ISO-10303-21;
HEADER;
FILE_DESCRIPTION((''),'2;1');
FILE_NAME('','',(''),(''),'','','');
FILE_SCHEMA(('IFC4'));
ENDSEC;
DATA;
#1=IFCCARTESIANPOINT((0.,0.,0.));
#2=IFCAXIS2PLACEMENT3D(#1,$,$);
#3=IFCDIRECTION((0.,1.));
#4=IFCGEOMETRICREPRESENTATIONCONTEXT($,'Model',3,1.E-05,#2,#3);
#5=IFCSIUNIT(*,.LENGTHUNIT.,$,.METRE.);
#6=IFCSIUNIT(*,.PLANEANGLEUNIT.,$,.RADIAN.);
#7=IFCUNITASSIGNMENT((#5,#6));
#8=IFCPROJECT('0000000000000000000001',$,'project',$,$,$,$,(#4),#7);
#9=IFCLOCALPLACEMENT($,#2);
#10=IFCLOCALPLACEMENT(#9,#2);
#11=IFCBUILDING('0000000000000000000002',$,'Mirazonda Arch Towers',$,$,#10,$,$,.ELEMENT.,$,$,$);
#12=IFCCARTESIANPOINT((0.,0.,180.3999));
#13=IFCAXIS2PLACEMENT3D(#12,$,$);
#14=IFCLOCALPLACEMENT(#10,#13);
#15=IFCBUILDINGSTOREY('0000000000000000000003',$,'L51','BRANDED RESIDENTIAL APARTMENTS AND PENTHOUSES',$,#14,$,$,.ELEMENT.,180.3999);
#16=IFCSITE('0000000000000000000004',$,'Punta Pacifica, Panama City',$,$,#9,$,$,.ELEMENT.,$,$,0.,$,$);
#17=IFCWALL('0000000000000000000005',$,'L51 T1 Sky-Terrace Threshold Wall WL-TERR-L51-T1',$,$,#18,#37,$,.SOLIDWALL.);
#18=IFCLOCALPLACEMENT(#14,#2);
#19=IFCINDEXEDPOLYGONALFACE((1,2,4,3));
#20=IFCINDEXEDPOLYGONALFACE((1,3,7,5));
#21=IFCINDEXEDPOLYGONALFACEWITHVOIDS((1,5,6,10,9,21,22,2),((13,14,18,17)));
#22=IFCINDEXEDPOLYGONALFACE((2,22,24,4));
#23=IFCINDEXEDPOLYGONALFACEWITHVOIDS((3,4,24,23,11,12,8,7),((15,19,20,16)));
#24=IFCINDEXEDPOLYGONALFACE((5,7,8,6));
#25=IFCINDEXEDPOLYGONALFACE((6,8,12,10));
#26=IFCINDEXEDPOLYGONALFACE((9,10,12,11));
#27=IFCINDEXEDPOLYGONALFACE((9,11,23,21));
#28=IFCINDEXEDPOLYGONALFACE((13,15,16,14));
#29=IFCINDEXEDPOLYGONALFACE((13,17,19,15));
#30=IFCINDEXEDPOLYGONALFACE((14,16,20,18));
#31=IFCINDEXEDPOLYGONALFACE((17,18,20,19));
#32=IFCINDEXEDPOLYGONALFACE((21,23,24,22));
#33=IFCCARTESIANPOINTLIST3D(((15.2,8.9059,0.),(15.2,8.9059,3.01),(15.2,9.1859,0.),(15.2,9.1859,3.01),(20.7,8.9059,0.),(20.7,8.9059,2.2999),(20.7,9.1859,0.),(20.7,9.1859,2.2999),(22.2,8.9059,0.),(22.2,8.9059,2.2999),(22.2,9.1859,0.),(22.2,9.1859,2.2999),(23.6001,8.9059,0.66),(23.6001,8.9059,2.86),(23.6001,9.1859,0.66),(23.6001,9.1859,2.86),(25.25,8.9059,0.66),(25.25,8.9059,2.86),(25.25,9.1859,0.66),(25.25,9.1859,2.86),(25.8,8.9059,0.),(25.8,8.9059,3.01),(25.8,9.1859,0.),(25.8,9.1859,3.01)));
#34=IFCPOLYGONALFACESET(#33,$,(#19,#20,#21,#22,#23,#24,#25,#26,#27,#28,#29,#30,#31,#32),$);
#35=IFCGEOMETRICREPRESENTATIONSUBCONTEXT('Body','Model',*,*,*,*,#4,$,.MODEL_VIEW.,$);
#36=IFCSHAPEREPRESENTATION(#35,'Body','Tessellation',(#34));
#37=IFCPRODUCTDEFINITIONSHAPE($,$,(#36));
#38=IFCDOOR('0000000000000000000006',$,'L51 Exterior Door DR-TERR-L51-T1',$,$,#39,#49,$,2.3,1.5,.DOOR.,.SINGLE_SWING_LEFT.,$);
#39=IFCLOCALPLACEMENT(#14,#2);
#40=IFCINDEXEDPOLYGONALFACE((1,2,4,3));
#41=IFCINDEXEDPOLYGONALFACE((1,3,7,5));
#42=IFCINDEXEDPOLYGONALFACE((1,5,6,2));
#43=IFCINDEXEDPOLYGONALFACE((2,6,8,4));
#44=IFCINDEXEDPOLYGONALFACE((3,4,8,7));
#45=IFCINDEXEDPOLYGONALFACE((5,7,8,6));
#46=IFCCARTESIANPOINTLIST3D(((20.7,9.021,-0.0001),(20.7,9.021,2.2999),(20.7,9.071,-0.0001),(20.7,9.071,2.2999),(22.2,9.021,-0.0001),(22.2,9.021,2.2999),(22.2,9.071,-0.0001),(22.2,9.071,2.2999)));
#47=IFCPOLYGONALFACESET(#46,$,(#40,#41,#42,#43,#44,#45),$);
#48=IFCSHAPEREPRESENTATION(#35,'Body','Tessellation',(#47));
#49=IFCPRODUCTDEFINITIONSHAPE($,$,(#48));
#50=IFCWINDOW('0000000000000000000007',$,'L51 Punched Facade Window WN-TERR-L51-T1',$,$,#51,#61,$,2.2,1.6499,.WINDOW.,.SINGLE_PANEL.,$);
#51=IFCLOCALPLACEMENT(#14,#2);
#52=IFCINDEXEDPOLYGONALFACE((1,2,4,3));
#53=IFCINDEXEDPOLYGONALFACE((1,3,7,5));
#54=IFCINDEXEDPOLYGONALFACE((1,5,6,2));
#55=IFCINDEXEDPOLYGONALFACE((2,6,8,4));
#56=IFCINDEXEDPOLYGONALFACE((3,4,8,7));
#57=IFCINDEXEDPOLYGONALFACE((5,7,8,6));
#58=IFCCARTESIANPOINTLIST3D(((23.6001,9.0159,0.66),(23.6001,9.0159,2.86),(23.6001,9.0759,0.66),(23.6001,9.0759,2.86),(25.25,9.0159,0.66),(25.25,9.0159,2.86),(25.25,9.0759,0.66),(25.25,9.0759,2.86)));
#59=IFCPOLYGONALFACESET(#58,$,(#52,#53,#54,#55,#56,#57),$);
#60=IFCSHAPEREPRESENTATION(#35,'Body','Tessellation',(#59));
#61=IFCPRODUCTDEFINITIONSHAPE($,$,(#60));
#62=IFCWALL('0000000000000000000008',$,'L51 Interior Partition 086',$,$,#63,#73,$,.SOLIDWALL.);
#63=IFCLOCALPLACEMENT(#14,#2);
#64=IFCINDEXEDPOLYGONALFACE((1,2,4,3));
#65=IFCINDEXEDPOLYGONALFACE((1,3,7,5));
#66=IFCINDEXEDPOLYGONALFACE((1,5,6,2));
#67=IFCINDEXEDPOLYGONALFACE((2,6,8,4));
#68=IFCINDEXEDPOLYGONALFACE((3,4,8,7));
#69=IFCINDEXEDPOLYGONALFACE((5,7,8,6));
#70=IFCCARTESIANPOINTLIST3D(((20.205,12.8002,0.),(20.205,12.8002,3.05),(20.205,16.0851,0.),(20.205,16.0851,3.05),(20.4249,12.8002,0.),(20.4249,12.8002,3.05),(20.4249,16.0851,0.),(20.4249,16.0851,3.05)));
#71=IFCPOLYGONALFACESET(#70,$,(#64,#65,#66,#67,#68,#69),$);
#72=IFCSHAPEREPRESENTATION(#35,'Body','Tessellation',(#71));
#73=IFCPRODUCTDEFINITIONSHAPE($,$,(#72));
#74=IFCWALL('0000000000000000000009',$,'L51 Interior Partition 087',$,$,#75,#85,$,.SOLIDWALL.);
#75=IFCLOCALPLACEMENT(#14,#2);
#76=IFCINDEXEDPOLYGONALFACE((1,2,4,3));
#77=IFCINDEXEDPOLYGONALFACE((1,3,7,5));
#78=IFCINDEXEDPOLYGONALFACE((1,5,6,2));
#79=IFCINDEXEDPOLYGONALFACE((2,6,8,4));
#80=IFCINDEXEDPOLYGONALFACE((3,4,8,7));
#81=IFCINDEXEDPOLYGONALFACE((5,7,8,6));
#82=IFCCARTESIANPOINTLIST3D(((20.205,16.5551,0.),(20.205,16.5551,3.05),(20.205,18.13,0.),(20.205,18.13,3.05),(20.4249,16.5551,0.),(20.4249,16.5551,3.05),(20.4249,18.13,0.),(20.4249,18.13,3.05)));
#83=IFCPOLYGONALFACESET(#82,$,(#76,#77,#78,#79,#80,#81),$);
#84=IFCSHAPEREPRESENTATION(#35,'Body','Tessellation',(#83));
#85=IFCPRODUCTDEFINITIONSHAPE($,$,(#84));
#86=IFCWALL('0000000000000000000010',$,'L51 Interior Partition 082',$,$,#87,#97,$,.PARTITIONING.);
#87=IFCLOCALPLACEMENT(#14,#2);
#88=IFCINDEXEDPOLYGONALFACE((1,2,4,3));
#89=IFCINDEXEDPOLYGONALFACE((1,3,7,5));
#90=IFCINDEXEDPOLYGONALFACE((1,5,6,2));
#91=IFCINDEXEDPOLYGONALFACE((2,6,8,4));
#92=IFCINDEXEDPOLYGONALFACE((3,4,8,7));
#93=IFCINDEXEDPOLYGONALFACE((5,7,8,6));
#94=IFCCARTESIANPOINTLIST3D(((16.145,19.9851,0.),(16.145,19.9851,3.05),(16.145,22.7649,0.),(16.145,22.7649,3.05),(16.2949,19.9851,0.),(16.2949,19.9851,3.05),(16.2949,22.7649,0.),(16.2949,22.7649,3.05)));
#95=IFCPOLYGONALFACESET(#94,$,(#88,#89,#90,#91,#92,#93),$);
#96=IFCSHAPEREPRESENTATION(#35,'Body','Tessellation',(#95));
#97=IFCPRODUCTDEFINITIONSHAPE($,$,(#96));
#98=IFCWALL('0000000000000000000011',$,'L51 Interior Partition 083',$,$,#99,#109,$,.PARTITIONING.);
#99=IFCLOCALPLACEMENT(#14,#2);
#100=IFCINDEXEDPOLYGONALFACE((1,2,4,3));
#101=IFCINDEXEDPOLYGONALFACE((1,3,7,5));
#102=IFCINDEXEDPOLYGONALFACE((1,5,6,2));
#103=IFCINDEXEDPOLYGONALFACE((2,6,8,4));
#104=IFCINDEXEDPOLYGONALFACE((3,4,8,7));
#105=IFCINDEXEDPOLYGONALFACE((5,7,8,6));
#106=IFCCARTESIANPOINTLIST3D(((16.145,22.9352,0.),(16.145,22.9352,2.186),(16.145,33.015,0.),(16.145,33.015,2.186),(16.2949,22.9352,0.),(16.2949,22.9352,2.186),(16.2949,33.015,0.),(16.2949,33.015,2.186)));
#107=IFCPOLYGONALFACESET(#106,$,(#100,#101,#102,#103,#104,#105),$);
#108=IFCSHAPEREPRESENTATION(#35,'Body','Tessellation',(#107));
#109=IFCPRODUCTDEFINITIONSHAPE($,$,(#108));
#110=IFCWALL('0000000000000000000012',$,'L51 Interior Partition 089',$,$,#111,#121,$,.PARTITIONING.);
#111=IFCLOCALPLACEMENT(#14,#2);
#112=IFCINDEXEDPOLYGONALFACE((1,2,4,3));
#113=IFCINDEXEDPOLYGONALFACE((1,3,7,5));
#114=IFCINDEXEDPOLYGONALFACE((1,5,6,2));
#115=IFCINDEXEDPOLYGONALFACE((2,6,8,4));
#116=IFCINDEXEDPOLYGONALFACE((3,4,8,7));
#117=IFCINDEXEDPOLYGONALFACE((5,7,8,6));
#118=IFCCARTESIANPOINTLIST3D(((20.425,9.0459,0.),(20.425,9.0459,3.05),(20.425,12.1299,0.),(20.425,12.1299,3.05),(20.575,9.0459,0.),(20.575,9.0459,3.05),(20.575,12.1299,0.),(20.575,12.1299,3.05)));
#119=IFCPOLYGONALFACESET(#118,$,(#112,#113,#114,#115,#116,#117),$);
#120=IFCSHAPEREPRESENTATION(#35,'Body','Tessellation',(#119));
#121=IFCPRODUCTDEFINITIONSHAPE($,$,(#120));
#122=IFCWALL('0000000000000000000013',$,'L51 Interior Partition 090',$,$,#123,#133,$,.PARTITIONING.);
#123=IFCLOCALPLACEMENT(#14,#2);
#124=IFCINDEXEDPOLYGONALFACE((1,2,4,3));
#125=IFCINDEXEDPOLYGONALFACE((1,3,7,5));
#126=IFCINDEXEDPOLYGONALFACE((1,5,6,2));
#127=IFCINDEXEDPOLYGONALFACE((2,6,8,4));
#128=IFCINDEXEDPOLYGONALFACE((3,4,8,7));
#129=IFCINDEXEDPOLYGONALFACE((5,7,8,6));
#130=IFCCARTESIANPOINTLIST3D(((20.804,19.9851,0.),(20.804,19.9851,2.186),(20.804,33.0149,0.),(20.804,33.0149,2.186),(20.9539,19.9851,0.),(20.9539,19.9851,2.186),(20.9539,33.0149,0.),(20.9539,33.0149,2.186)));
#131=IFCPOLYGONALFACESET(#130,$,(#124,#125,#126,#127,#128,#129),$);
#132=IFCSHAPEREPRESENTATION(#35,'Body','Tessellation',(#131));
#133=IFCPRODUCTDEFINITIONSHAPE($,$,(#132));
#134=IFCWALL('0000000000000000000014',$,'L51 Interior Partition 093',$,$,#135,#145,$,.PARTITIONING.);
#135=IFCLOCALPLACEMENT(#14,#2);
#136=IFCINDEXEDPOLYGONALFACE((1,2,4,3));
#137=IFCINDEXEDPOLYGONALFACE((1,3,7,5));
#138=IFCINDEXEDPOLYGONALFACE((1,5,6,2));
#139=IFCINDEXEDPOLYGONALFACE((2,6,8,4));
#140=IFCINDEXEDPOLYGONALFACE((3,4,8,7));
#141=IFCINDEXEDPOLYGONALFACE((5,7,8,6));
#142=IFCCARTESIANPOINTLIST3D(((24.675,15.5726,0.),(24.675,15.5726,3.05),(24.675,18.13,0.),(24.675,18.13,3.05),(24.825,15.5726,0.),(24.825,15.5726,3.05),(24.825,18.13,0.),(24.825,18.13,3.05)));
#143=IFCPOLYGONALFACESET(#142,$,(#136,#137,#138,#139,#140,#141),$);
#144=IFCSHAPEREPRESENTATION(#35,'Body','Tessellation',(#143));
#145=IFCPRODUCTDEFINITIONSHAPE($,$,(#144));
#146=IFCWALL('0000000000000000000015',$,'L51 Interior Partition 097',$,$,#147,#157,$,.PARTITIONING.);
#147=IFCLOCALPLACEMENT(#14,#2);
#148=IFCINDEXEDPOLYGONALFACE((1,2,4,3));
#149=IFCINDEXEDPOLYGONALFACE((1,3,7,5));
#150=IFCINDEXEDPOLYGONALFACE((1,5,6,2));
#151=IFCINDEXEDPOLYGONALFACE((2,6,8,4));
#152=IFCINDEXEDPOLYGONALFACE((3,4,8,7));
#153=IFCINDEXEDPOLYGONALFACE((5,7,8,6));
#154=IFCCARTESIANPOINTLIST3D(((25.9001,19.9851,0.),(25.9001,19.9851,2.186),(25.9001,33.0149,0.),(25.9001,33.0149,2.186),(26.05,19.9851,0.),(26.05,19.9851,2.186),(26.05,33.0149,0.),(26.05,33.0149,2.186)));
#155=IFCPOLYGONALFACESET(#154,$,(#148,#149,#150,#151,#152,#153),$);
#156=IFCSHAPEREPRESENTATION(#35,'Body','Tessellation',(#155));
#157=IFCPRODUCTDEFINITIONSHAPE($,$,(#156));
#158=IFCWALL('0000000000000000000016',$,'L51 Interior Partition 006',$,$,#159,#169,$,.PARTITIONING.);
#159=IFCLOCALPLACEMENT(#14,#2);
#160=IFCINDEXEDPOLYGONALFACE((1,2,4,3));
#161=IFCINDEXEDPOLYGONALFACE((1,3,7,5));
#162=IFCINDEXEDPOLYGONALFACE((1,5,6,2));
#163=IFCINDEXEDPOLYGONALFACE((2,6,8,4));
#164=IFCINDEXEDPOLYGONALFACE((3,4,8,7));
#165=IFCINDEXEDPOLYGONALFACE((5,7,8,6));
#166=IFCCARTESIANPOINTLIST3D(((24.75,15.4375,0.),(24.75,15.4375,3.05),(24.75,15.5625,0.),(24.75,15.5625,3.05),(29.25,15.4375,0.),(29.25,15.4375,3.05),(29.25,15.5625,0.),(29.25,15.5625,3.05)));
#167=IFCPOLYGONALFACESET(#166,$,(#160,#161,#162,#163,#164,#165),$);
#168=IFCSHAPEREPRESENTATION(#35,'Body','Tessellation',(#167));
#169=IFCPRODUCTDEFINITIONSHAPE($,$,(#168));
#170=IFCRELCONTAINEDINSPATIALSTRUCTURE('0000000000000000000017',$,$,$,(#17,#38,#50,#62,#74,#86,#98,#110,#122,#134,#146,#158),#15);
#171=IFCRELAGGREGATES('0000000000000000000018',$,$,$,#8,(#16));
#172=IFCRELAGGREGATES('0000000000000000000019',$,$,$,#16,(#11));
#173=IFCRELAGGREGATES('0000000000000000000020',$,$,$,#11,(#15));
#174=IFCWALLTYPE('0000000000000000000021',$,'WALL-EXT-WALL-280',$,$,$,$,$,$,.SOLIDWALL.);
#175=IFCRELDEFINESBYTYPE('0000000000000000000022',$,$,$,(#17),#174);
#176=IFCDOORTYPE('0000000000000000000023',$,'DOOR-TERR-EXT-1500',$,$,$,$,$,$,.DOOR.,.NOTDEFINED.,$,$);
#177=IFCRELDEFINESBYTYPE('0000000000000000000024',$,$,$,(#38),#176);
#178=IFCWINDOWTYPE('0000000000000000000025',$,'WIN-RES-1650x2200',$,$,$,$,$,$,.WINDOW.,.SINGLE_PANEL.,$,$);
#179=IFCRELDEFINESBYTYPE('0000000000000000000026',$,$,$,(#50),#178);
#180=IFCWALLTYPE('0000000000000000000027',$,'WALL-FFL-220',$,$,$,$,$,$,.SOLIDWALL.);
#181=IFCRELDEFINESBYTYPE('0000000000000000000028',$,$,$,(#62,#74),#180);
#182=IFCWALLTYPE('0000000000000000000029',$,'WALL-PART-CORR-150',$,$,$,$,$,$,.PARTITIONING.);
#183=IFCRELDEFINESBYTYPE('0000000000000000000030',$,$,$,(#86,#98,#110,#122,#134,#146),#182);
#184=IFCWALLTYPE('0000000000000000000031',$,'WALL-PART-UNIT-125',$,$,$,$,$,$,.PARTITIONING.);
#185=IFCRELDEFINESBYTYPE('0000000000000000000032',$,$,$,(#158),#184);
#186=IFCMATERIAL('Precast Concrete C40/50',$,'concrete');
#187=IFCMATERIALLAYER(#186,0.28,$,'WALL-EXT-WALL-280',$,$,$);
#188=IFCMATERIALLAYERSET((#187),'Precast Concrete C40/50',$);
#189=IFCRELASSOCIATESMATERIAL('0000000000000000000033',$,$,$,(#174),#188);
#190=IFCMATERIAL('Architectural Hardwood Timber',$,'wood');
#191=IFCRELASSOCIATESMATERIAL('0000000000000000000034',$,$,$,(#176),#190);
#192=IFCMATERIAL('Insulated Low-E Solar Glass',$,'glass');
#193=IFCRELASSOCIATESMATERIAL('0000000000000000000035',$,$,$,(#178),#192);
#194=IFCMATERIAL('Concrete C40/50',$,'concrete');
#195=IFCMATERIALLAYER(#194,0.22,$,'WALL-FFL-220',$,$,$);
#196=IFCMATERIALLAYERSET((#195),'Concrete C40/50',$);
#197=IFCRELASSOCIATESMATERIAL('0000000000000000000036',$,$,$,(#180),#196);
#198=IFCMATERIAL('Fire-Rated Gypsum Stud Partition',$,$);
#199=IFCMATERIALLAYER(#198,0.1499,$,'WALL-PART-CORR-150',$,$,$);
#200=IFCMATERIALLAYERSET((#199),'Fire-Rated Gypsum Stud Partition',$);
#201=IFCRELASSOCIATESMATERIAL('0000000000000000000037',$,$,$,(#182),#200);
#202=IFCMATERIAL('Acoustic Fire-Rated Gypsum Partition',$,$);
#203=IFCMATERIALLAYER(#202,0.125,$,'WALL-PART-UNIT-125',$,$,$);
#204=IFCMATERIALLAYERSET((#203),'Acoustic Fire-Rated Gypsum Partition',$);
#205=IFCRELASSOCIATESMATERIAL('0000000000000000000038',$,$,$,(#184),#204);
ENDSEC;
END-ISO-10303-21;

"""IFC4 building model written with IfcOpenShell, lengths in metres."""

from ifc_helpers import new_model, si_unit, direction, frame, frame_2d, origin, place, context, subcontext, project, spatial, rectangle, extrude, material, layer, layer_set, type_object, element, fill, save


model = new_model("IFC4")

# Units and contexts
model_context = context("Model", 3, precision=1e-05, world=origin(), true_north=direction((0.0, 1.0)))
body_context = subcontext(model_context, "Body", "Model", "MODEL_VIEW")
ifc_project = project(units=[si_unit("LENGTHUNIT", "METRE"), si_unit("PLANEANGLEUNIT", "RADIAN")], contexts=[model_context])

# Site, building, storey
site_placement = place(None, origin())
site = spatial("IfcSite", under=ifc_project, at=site_placement, Name="Punta Pacifica, Panama City", CompositionType="ELEMENT", RefElevation=0.0)
building_placement = place(site_placement, origin())
building = spatial("IfcBuilding", under=site, at=building_placement, Name="Mirazonda Arch Towers", CompositionType="ELEMENT")
storey_placement = place(building_placement, frame((0.0, 0.0, 180.3999)))
storey = spatial("IfcBuildingStorey", under=building, at=storey_placement, Name="L51", Description="BRANDED RESIDENTIAL APARTMENTS AND PENTHOUSES", CompositionType="ELEMENT", Elevation=180.3999)

# Wall, openings, door, window
ifc_material_1 = material(Name="Precast Concrete C40/50", Category="concrete")
ifc_layer_1 = layer(ifc_material_1, 0.28, Name="WALL-EXT-WALL-280")
ifc_layer_set_1 = layer_set([ifc_layer_1], Name="Precast Concrete C40/50")
wall_type_1 = type_object("IfcWallType", Name="WALL-EXT-WALL-280", PredefinedType="SOLIDWALL", material=ifc_layer_set_1)
wall_1_placement = place(storey_placement, frame((25.8, 9.0459, 0.0), z_axis=(0.0, 0.0, 1.0), x_axis=(-1.0, 0.0, 0.0)))
wall_1 = element("IfcWall", 1, at=wall_1_placement, inside=storey, type_object=wall_type_1, Name="L51 T1 Sky-Terrace Threshold Wall WL-TERR-L51-T1", PredefinedType="SOLIDWALL", context=body_context, shape_type="SweptSolid", body=[
    extrude(rectangle(XDim=10.6001, YDim=0.28, at=frame_2d((5.3, 0.0))), origin(), (0.0, 0.0, 1.0), 3.01),
])
opening_1_placement = place(wall_1_placement, frame((0.55, 0.0, 0.6599)))
opening_1 = element("IfcOpeningElement", 2, at=opening_1_placement, cuts=wall_1, PredefinedType="OPENING", context=body_context, shape_type="SweptSolid", body=[
    extrude(rectangle(XDim=1.6499, YDim=2.2, at=frame_2d((0.825, 1.1001))), frame((0.0, 0.1499, 0.0), z_axis=(0.0, -1.0, 0.0), x_axis=(1.0, 0.0, 0.0)), (0.0, 0.0, 1.0), 0.3),
])
opening_2_placement = place(wall_1_placement, frame((3.6001, 0.0, 0.0)))
opening_2 = element("IfcOpeningElement", 3, at=opening_2_placement, cuts=wall_1, PredefinedType="OPENING", context=body_context, shape_type="SweptSolid", body=[
    extrude(rectangle(XDim=1.5, YDim=2.3, at=frame_2d((0.75, 1.1499))), frame((0.0, 0.1499, 0.0), z_axis=(0.0, -1.0, 0.0), x_axis=(1.0, 0.0, 0.0)), (0.0, 0.0, 1.0), 0.3),
])
ifc_material_2 = material(Name="Architectural Hardwood Timber", Category="wood")
door_type_1 = type_object("IfcDoorType", Name="DOOR-TERR-EXT-1500", OperationType="NOTDEFINED", PredefinedType="DOOR", material=ifc_material_2)
door_1_placement = place(opening_2_placement, origin())
door_1 = element("IfcDoor", 4, at=door_1_placement, inside=storey, type_object=door_type_1, Name="L51 Exterior Door DR-TERR-L51-T1", OperationType="SINGLE_SWING_LEFT", OverallHeight=2.3, OverallWidth=1.5, PredefinedType="DOOR", context=body_context, shape_type="SweptSolid", body=[
    extrude(rectangle(XDim=1.5, YDim=2.3, at=frame_2d((0.75, 1.1499))), frame((0.0, 0.0249, 0.0), z_axis=(0.0, -1.0, 0.0), x_axis=(1.0, 0.0, 0.0)), (0.0, 0.0, 1.0), 0.05),
])
fill(opening_2, door_1)
ifc_material_3 = material(Name="Insulated Low-E Solar Glass", Category="glass")
window_type = type_object("IfcWindowType", Name="WIN-RES-1650x2200", PartitioningType="SINGLE_PANEL", PredefinedType="WINDOW", material=ifc_material_3)
window_placement = place(opening_1_placement, origin())
window = element("IfcWindow", 5, at=window_placement, inside=storey, type_object=window_type, Name="L51 Punched Facade Window WN-TERR-L51-T1", OverallHeight=2.2, OverallWidth=1.6499, PartitioningType="SINGLE_PANEL", PredefinedType="WINDOW", context=body_context, shape_type="SweptSolid", body=[
    extrude(rectangle(XDim=1.6499, YDim=2.2, at=frame_2d((0.825, 1.1001))), frame((0.0, 0.03, 0.0), z_axis=(0.0, -1.0, 0.0), x_axis=(1.0, 0.0, 0.0)), (0.0, 0.0, 1.0), 0.0601),
])
fill(opening_1, window)

# Walls
ifc_material_4 = material(Name="Concrete C40/50", Category="concrete")
ifc_layer_2 = layer(ifc_material_4, 0.22, Name="WALL-FFL-220")
ifc_layer_set_2 = layer_set([ifc_layer_2], Name="Concrete C40/50")
wall_type_2 = type_object("IfcWallType", Name="WALL-FFL-220", PredefinedType="SOLIDWALL", material=ifc_layer_set_2)
wall_2_placement = place(storey_placement, frame((20.3149, 12.8, 0.0), z_axis=(0.0, 0.0, 1.0), x_axis=(0.0, 1.0, 0.0)))
element("IfcWall", 6, at=wall_2_placement, inside=storey, type_object=wall_type_2, Name="L51 Interior Partition 086", PredefinedType="SOLIDWALL", context=body_context, shape_type="SweptSolid", body=[
    extrude(rectangle(XDim=3.2849, YDim=0.22, at=frame_2d((1.6426, 0.0))), origin(), (0.0, 0.0, 1.0), 3.05),
])
wall_3_placement = place(storey_placement, frame((20.3149, 16.5549, 0.0), z_axis=(0.0, 0.0, 1.0), x_axis=(0.0, 1.0, 0.0)))
element("IfcWall", 7, at=wall_3_placement, inside=storey, type_object=wall_type_2, Name="L51 Interior Partition 087", PredefinedType="SOLIDWALL", context=body_context, shape_type="SweptSolid", body=[
    extrude(rectangle(XDim=1.575, YDim=0.22, at=frame_2d((0.7876, 0.0))), origin(), (0.0, 0.0, 1.0), 3.05),
])
ifc_material_5 = material(Name="Fire-Rated Gypsum Stud Partition")
ifc_layer_3 = layer(ifc_material_5, 0.1499, Name="WALL-PART-CORR-150")
ifc_layer_set_3 = layer_set([ifc_layer_3], Name="Fire-Rated Gypsum Stud Partition")
wall_type_3 = type_object("IfcWallType", Name="WALL-PART-CORR-150", PredefinedType="PARTITIONING", material=ifc_layer_set_3)
wall_4_placement = place(storey_placement, frame((16.22, 19.9851, 0.0), z_axis=(0.0, 0.0, 1.0), x_axis=(0.0, 1.0, 0.0)))
element("IfcWall", 8, at=wall_4_placement, inside=storey, type_object=wall_type_3, Name="L51 Interior Partition 082", PredefinedType="PARTITIONING", context=body_context, shape_type="SweptSolid", body=[
    extrude(rectangle(XDim=2.7798, YDim=0.1499, at=frame_2d((1.3899, 0.0))), origin(), (0.0, 0.0, 1.0), 3.05),
])
wall_5_placement = place(storey_placement, frame((16.22, 22.9351, 0.0), z_axis=(0.0, 0.0, 1.0), x_axis=(0.0, 1.0, 0.0)))
element("IfcWall", 9, at=wall_5_placement, inside=storey, type_object=wall_type_3, Name="L51 Interior Partition 083", PredefinedType="PARTITIONING", context=body_context, shape_type="SweptSolid", body=[
    extrude(rectangle(XDim=10.0798, YDim=0.1499, at=frame_2d((5.04, 0.0))), origin(), (0.0, 0.0, 1.0), 2.186),
])
wall_6_placement = place(storey_placement, frame((20.5, 9.0459, 0.0), z_axis=(0.0, 0.0, 1.0), x_axis=(0.0, 1.0, 0.0)))
element("IfcWall", 10, at=wall_6_placement, inside=storey, type_object=wall_type_3, Name="L51 Interior Partition 089", PredefinedType="PARTITIONING", context=body_context, shape_type="SweptSolid", body=[
    extrude(rectangle(XDim=3.084, YDim=0.1499, at=frame_2d((1.542, 0.0))), origin(), (0.0, 0.0, 1.0), 3.05),
])
wall_7_placement = place(storey_placement, frame((20.8789, 19.9851, 0.0), z_axis=(0.0, 0.0, 1.0), x_axis=(0.0, 1.0, 0.0)))
element("IfcWall", 11, at=wall_7_placement, inside=storey, type_object=wall_type_3, Name="L51 Interior Partition 090", PredefinedType="PARTITIONING", context=body_context, shape_type="SweptSolid", body=[
    extrude(rectangle(XDim=13.0298, YDim=0.1499, at=frame_2d((6.5149, 0.0))), origin(), (0.0, 0.0, 1.0), 2.186),
])

# Walls
wall_8_placement = place(storey_placement, frame((24.75, 15.5725, 0.0), z_axis=(0.0, 0.0, 1.0), x_axis=(0.0, 1.0, 0.0)))
element("IfcWall", 12, at=wall_8_placement, inside=storey, type_object=wall_type_3, Name="L51 Interior Partition 093", PredefinedType="PARTITIONING", context=body_context, shape_type="SweptSolid", body=[
    extrude(rectangle(XDim=2.5574, YDim=0.1499, at=frame_2d((1.2788, 0.0))), origin(), (0.0, 0.0, 1.0), 3.05),
])
wall_9_placement = place(storey_placement, frame((25.9751, 19.9851, 0.0), z_axis=(0.0, 0.0, 1.0), x_axis=(0.0, 1.0, 0.0)))
element("IfcWall", 13, at=wall_9_placement, inside=storey, type_object=wall_type_3, Name="L51 Interior Partition 097", PredefinedType="PARTITIONING", context=body_context, shape_type="SweptSolid", body=[
    extrude(rectangle(XDim=13.0298, YDim=0.1499, at=frame_2d((6.5149, 0.0))), origin(), (0.0, 0.0, 1.0), 2.186),
])
ifc_material_6 = material(Name="Acoustic Fire-Rated Gypsum Partition")
ifc_layer_4 = layer(ifc_material_6, 0.125, Name="WALL-PART-UNIT-125")
ifc_layer_set_4 = layer_set([ifc_layer_4], Name="Acoustic Fire-Rated Gypsum Partition")
wall_type_4 = type_object("IfcWallType", Name="WALL-PART-UNIT-125", PredefinedType="PARTITIONING", material=ifc_layer_set_4)
wall_10_placement = place(storey_placement, frame((24.75, 15.5, 0.0), z_axis=(0.0, 0.0, 1.0), x_axis=(1.0, 0.0, 0.0)))
element("IfcWall", 14, at=wall_10_placement, inside=storey, type_object=wall_type_4, Name="L51 Interior Partition 006", PredefinedType="PARTITIONING", context=body_context, shape_type="SweptSolid", body=[
    extrude(rectangle(XDim=4.5, YDim=0.125, at=frame_2d((2.25, 0.0))), origin(), (0.0, 0.0, 1.0), 3.05),
])

save(model, "model.ifc")
